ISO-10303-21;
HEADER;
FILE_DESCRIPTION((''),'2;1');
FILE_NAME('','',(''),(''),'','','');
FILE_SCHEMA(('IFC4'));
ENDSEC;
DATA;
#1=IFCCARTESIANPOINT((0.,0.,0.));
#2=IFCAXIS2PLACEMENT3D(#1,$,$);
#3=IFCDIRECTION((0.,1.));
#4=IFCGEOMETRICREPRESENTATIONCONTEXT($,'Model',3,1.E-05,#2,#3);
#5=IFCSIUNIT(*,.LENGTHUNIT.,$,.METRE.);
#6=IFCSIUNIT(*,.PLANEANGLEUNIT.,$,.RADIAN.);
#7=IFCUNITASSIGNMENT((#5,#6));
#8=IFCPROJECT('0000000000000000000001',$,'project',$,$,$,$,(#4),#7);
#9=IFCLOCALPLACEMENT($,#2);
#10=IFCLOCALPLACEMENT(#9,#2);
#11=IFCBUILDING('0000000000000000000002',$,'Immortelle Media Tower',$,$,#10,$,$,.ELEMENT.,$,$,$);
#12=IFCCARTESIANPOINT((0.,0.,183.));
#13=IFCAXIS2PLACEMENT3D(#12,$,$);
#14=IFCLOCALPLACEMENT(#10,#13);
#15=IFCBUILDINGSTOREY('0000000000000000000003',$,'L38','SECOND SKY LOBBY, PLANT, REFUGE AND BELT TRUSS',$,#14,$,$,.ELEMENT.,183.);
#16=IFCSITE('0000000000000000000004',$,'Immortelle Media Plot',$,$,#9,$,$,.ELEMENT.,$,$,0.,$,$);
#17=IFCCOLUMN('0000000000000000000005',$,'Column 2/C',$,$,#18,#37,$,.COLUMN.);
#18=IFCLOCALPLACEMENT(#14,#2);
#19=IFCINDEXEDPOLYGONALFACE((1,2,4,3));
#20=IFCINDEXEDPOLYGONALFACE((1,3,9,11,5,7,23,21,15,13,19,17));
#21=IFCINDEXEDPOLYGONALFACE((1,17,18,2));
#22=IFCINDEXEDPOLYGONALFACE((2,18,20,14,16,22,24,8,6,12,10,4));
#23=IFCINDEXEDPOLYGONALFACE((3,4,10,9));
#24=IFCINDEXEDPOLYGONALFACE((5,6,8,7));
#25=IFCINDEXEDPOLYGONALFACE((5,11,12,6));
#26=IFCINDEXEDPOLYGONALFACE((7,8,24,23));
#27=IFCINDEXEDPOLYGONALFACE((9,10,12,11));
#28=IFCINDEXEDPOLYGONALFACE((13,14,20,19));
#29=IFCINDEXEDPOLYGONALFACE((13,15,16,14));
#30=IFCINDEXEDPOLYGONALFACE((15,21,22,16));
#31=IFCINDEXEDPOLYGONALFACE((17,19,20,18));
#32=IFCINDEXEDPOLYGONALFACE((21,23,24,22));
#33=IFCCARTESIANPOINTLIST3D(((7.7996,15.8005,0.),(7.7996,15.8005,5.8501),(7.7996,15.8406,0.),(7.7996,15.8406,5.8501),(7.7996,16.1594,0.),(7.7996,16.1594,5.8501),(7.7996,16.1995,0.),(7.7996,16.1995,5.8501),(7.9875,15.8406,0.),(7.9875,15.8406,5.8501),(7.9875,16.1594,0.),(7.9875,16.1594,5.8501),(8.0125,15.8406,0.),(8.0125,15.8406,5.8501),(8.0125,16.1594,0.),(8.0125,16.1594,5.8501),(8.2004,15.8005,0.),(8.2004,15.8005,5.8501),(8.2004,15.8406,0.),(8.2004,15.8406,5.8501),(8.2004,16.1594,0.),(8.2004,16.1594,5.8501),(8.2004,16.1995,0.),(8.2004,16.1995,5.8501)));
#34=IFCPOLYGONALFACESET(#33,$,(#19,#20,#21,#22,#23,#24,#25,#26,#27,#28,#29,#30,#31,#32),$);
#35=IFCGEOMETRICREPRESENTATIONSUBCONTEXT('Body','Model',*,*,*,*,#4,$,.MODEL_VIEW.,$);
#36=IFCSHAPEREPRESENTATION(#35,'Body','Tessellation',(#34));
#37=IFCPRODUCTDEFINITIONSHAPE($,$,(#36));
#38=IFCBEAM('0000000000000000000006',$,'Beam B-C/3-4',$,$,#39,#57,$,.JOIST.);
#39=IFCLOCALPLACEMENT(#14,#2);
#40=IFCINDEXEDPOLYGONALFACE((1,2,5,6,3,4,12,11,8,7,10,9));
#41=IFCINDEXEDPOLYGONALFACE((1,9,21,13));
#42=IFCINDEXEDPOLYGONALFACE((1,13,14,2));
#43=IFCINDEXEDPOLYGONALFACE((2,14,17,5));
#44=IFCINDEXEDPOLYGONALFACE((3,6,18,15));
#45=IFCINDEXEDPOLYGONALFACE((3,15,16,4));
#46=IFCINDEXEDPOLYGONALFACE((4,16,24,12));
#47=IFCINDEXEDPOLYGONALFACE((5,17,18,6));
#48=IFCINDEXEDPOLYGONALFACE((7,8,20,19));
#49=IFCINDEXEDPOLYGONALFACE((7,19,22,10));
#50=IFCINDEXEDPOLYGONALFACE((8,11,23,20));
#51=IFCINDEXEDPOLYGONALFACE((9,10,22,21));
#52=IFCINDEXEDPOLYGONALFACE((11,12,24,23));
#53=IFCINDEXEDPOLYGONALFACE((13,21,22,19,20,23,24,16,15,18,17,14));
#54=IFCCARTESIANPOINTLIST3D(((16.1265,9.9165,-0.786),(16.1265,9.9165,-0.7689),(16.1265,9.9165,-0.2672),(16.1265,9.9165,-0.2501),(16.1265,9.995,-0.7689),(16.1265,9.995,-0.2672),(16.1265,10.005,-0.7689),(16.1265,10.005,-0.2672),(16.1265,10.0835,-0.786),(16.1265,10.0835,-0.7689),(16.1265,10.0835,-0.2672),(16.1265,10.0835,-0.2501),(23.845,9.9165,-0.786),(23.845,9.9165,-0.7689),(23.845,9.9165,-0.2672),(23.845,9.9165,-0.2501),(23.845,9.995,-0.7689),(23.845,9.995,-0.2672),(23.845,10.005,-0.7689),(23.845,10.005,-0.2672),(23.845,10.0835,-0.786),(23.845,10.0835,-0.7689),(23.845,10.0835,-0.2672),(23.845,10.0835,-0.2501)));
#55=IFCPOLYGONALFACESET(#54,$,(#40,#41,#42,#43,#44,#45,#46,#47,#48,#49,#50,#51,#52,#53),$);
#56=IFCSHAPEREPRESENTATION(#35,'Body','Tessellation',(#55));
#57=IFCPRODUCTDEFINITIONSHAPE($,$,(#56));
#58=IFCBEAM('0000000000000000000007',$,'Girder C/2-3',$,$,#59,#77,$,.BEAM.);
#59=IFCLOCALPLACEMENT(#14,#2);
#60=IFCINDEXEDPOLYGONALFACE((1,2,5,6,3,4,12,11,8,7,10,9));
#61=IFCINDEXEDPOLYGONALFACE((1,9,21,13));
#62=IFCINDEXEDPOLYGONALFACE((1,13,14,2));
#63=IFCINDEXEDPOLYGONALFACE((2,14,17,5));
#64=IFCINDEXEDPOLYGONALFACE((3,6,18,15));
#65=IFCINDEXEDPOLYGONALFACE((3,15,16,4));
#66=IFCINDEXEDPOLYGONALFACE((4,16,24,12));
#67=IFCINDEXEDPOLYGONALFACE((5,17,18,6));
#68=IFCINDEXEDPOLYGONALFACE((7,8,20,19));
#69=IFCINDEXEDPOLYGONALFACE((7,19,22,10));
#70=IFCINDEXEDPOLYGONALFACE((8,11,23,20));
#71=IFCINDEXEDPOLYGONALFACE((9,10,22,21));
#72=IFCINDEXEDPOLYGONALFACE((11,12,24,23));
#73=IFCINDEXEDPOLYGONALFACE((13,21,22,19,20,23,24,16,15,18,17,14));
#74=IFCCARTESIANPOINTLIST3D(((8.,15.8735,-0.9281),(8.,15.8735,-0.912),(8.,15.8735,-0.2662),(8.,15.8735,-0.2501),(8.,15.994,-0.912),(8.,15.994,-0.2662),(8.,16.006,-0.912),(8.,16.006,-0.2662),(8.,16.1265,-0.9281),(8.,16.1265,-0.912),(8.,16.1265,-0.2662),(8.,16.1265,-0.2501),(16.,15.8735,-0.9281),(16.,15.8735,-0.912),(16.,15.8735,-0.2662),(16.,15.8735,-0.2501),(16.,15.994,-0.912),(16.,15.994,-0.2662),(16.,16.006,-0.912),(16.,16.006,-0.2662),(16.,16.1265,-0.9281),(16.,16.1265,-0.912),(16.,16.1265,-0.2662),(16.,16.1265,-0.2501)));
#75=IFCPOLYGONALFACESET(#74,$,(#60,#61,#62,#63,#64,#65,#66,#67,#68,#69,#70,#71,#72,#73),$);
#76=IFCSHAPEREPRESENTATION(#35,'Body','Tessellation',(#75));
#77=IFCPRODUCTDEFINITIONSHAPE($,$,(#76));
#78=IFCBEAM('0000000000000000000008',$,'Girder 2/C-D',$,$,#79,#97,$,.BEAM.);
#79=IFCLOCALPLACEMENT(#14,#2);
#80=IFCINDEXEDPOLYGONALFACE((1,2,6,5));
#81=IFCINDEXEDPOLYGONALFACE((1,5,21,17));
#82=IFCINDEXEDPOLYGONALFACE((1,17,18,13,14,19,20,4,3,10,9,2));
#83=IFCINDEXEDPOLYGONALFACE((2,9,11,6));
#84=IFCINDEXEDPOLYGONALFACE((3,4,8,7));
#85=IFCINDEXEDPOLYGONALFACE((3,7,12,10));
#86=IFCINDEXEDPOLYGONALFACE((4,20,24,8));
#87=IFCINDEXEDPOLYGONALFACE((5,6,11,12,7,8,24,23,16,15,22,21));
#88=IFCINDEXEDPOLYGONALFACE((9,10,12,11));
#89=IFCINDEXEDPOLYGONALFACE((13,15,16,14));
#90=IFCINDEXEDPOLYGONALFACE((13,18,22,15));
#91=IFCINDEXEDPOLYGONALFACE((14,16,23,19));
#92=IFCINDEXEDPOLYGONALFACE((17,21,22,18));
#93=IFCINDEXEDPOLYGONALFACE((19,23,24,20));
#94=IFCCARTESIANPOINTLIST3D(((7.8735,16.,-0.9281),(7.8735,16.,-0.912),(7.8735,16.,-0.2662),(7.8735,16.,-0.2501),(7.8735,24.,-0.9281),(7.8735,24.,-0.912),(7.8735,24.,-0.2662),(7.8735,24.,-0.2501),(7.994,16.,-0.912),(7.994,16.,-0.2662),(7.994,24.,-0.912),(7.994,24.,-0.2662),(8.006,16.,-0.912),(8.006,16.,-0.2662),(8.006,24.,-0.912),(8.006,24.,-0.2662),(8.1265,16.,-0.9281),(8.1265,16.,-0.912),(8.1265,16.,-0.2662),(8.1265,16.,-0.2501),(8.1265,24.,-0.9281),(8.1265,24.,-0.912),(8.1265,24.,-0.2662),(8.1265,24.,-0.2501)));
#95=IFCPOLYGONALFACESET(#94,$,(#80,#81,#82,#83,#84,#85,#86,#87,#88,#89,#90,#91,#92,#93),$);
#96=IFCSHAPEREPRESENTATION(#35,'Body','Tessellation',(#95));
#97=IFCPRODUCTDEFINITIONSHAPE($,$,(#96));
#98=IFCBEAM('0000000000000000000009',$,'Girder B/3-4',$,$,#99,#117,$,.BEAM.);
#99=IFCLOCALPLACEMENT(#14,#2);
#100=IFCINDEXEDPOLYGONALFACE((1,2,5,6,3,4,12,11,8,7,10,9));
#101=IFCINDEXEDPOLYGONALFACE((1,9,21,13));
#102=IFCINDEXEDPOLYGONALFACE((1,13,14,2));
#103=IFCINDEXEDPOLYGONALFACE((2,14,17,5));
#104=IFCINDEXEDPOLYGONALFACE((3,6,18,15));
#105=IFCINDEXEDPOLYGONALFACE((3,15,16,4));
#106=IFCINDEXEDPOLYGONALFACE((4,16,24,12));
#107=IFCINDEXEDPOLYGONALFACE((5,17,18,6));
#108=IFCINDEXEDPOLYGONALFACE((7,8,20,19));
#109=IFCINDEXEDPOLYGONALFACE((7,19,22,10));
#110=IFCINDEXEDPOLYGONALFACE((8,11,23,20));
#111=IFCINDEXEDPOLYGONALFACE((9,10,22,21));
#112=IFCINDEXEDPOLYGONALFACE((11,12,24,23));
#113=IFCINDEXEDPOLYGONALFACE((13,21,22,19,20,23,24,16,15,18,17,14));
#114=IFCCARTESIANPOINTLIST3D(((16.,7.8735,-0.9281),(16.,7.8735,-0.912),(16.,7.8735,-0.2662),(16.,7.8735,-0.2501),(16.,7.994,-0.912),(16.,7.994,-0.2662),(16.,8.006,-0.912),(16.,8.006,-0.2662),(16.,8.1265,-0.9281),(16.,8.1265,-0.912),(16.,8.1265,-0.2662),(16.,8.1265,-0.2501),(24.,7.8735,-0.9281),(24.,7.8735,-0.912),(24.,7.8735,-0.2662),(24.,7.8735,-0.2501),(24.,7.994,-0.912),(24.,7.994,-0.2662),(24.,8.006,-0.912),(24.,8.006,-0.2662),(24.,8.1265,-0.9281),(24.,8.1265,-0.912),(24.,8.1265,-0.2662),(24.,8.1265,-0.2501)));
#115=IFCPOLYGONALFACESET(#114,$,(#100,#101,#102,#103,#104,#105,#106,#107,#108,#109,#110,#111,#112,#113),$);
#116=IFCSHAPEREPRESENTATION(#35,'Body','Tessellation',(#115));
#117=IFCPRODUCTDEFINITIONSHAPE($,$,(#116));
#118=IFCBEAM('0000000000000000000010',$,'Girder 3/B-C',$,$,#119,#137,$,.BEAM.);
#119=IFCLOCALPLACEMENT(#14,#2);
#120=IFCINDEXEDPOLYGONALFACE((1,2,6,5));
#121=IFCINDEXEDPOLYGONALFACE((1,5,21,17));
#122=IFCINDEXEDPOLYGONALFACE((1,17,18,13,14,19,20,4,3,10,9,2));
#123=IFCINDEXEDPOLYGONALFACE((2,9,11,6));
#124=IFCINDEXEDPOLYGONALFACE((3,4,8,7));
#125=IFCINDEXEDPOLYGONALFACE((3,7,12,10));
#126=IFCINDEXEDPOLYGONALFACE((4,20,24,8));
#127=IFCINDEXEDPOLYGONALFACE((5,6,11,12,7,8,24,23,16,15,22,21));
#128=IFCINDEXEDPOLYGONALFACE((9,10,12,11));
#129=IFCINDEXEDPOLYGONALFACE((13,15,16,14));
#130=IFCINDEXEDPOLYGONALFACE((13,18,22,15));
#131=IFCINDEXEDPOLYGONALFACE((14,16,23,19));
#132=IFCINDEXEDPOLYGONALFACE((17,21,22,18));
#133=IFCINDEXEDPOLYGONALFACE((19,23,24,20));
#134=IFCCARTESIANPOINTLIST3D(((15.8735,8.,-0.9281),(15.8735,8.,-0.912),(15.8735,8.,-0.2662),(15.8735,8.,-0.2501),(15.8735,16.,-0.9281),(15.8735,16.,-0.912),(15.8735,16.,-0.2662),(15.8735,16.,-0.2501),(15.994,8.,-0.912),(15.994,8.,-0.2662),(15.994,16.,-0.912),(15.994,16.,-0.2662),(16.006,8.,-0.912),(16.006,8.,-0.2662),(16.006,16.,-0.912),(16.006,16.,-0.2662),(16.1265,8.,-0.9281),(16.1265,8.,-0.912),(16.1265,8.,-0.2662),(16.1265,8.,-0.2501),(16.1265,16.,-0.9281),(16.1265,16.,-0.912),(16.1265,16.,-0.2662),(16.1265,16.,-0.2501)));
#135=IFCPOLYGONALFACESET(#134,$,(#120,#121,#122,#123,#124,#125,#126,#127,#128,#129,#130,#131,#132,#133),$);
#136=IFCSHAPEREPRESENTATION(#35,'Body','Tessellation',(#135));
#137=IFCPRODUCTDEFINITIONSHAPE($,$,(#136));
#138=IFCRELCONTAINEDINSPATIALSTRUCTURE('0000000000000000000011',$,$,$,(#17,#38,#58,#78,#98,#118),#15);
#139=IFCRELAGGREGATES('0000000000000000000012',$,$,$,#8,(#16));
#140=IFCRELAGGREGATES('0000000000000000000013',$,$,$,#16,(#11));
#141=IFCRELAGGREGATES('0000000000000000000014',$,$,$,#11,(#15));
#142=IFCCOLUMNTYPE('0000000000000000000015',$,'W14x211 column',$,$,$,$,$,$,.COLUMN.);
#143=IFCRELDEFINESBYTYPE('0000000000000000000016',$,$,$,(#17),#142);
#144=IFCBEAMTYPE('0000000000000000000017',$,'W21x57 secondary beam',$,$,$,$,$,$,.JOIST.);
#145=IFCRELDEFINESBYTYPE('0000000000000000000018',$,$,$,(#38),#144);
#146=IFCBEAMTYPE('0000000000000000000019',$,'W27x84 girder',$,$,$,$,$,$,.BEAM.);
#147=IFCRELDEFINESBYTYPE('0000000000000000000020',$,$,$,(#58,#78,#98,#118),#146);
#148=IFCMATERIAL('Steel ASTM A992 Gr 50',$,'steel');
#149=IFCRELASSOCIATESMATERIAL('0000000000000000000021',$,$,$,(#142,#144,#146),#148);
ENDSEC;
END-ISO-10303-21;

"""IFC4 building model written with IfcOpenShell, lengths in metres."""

from ifc_helpers import new_model, si_unit, direction, frame, origin, origin_2d, place, context, subcontext, project, spatial, i_section, extrude, material, material_profile, profile_set, type_object, element, save


model = new_model("IFC4")

# Units and contexts
model_context = context("Model", 3, precision=1e-05, world=origin(), true_north=direction((0.0, 1.0)))
body_context = subcontext(model_context, "Body", "Model", "MODEL_VIEW")
ifc_project = project(units=[si_unit("LENGTHUNIT", "METRE"), si_unit("PLANEANGLEUNIT", "RADIAN")], contexts=[model_context])

# Site, building, storey
site_placement = place(None, origin())
site = spatial("IfcSite", under=ifc_project, at=site_placement, Name="Immortelle Media Plot", CompositionType="ELEMENT", RefElevation=0.0)
building_placement = place(site_placement, origin())
building = spatial("IfcBuilding", under=site, at=building_placement, Name="Immortelle Media Tower", CompositionType="ELEMENT")
storey_placement = place(building_placement, frame((0.0, 0.0, 183.0)))
storey = spatial("IfcBuildingStorey", under=building, at=storey_placement, Name="L38", Description="SECOND SKY LOBBY, PLANT, REFUGE AND BELT TRUSS", CompositionType="ELEMENT", Elevation=183.0)

# Column
ifc_material_1 = material(Name="Steel ASTM A992 Gr 50", Category="steel")
ifc_material_profile_1 = material_profile(ifc_material_1, i_section(OverallWidth=0.4009, OverallDepth=0.3989, WebThickness=0.0249, FlangeThickness=0.04, at=origin_2d()), Name="W14x211")
ifc_profile_set_1 = profile_set([ifc_material_profile_1], Name="Steel ASTM A992 Gr 50")
column_type = type_object("IfcColumnType", Name="W14x211 column", PredefinedType="COLUMN", material=ifc_profile_set_1)
column_placement = place(storey_placement, frame((8.0, 16.0, 0.0), z_axis=(0.0, 0.0, 1.0), x_axis=(1.0, 0.0, 0.0)))
element("IfcColumn", 1, at=column_placement, inside=storey, type_object=column_type, Name="Column 2/C", PredefinedType="COLUMN", context=body_context, shape_type="SweptSolid", body=[
    extrude(i_section(OverallWidth=0.4009, OverallDepth=0.3989, WebThickness=0.0249, FlangeThickness=0.04, at=origin_2d()), origin(), (0.0, 0.0, 1.0), 5.8501),
])

# Beams
ifc_material_profile_2 = material_profile(ifc_material_1, i_section(OverallWidth=0.167, OverallDepth=0.5359, WebThickness=0.01, FlangeThickness=0.0171, at=origin_2d()), Name="W21x57")
ifc_profile_set_2 = profile_set([ifc_material_profile_2], Name="Steel ASTM A992 Gr 50")
beam_type_1 = type_object("IfcBeamType", Name="W21x57 secondary beam", PredefinedType="JOIST", material=ifc_profile_set_2)
beam_placement = place(storey_placement, frame((16.1265, 10.0, -0.5181), z_axis=(1.0, 0.0, 0.0), x_axis=(0.0, 1.0, 0.0)))
element("IfcBeam", 2, at=beam_placement, inside=storey, type_object=beam_type_1, Name="Beam B-C/3-4", PredefinedType="JOIST", context=body_context, shape_type="SweptSolid", body=[
    extrude(i_section(OverallWidth=0.167, OverallDepth=0.5359, WebThickness=0.01, FlangeThickness=0.0171, at=origin_2d()), origin(), (0.0, 0.0, 1.0), 7.7185),
])
ifc_material_profile_3 = material_profile(ifc_material_1, i_section(OverallWidth=0.2529, OverallDepth=0.678, WebThickness=0.012, FlangeThickness=0.0161, at=origin_2d()), Name="W27x84")
ifc_profile_set_3 = profile_set([ifc_material_profile_3], Name="Steel ASTM A992 Gr 50")
beam_type_2 = type_object("IfcBeamType", Name="W27x84 girder", PredefinedType="BEAM", material=ifc_profile_set_3)
for number, where, z_axis, x_axis, name in (
    (3, (8.0, 16.0, -0.5891), (1.0, 0.0, 0.0), (0.0, 1.0, 0.0), "Girder C/2-3"),
    (4, (8.0, 16.0, -0.5891), (0.0, 1.0, 0.0), (-1.0, 0.0, 0.0), "Girder 2/C-D"),
    (5, (16.0, 8.0, -0.5891), (1.0, 0.0, 0.0), (0.0, 1.0, 0.0), "Girder B/3-4"),
    (6, (16.0, 8.0, -0.5891), (0.0, 1.0, 0.0), (-1.0, 0.0, 0.0), "Girder 3/B-C"),
):
    element("IfcBeam", number, at=place(storey_placement, frame(where, z_axis=z_axis, x_axis=x_axis)), inside=storey, type_object=beam_type_2, Name=name, PredefinedType="BEAM", context=body_context, shape_type="SweptSolid", body=[
        extrude(i_section(OverallWidth=0.2529, OverallDepth=0.678, WebThickness=0.012, FlangeThickness=0.0161, at=origin_2d()), origin(), (0.0, 0.0, 1.0), 8.0),
    ])

save(model, "model.ifc")
